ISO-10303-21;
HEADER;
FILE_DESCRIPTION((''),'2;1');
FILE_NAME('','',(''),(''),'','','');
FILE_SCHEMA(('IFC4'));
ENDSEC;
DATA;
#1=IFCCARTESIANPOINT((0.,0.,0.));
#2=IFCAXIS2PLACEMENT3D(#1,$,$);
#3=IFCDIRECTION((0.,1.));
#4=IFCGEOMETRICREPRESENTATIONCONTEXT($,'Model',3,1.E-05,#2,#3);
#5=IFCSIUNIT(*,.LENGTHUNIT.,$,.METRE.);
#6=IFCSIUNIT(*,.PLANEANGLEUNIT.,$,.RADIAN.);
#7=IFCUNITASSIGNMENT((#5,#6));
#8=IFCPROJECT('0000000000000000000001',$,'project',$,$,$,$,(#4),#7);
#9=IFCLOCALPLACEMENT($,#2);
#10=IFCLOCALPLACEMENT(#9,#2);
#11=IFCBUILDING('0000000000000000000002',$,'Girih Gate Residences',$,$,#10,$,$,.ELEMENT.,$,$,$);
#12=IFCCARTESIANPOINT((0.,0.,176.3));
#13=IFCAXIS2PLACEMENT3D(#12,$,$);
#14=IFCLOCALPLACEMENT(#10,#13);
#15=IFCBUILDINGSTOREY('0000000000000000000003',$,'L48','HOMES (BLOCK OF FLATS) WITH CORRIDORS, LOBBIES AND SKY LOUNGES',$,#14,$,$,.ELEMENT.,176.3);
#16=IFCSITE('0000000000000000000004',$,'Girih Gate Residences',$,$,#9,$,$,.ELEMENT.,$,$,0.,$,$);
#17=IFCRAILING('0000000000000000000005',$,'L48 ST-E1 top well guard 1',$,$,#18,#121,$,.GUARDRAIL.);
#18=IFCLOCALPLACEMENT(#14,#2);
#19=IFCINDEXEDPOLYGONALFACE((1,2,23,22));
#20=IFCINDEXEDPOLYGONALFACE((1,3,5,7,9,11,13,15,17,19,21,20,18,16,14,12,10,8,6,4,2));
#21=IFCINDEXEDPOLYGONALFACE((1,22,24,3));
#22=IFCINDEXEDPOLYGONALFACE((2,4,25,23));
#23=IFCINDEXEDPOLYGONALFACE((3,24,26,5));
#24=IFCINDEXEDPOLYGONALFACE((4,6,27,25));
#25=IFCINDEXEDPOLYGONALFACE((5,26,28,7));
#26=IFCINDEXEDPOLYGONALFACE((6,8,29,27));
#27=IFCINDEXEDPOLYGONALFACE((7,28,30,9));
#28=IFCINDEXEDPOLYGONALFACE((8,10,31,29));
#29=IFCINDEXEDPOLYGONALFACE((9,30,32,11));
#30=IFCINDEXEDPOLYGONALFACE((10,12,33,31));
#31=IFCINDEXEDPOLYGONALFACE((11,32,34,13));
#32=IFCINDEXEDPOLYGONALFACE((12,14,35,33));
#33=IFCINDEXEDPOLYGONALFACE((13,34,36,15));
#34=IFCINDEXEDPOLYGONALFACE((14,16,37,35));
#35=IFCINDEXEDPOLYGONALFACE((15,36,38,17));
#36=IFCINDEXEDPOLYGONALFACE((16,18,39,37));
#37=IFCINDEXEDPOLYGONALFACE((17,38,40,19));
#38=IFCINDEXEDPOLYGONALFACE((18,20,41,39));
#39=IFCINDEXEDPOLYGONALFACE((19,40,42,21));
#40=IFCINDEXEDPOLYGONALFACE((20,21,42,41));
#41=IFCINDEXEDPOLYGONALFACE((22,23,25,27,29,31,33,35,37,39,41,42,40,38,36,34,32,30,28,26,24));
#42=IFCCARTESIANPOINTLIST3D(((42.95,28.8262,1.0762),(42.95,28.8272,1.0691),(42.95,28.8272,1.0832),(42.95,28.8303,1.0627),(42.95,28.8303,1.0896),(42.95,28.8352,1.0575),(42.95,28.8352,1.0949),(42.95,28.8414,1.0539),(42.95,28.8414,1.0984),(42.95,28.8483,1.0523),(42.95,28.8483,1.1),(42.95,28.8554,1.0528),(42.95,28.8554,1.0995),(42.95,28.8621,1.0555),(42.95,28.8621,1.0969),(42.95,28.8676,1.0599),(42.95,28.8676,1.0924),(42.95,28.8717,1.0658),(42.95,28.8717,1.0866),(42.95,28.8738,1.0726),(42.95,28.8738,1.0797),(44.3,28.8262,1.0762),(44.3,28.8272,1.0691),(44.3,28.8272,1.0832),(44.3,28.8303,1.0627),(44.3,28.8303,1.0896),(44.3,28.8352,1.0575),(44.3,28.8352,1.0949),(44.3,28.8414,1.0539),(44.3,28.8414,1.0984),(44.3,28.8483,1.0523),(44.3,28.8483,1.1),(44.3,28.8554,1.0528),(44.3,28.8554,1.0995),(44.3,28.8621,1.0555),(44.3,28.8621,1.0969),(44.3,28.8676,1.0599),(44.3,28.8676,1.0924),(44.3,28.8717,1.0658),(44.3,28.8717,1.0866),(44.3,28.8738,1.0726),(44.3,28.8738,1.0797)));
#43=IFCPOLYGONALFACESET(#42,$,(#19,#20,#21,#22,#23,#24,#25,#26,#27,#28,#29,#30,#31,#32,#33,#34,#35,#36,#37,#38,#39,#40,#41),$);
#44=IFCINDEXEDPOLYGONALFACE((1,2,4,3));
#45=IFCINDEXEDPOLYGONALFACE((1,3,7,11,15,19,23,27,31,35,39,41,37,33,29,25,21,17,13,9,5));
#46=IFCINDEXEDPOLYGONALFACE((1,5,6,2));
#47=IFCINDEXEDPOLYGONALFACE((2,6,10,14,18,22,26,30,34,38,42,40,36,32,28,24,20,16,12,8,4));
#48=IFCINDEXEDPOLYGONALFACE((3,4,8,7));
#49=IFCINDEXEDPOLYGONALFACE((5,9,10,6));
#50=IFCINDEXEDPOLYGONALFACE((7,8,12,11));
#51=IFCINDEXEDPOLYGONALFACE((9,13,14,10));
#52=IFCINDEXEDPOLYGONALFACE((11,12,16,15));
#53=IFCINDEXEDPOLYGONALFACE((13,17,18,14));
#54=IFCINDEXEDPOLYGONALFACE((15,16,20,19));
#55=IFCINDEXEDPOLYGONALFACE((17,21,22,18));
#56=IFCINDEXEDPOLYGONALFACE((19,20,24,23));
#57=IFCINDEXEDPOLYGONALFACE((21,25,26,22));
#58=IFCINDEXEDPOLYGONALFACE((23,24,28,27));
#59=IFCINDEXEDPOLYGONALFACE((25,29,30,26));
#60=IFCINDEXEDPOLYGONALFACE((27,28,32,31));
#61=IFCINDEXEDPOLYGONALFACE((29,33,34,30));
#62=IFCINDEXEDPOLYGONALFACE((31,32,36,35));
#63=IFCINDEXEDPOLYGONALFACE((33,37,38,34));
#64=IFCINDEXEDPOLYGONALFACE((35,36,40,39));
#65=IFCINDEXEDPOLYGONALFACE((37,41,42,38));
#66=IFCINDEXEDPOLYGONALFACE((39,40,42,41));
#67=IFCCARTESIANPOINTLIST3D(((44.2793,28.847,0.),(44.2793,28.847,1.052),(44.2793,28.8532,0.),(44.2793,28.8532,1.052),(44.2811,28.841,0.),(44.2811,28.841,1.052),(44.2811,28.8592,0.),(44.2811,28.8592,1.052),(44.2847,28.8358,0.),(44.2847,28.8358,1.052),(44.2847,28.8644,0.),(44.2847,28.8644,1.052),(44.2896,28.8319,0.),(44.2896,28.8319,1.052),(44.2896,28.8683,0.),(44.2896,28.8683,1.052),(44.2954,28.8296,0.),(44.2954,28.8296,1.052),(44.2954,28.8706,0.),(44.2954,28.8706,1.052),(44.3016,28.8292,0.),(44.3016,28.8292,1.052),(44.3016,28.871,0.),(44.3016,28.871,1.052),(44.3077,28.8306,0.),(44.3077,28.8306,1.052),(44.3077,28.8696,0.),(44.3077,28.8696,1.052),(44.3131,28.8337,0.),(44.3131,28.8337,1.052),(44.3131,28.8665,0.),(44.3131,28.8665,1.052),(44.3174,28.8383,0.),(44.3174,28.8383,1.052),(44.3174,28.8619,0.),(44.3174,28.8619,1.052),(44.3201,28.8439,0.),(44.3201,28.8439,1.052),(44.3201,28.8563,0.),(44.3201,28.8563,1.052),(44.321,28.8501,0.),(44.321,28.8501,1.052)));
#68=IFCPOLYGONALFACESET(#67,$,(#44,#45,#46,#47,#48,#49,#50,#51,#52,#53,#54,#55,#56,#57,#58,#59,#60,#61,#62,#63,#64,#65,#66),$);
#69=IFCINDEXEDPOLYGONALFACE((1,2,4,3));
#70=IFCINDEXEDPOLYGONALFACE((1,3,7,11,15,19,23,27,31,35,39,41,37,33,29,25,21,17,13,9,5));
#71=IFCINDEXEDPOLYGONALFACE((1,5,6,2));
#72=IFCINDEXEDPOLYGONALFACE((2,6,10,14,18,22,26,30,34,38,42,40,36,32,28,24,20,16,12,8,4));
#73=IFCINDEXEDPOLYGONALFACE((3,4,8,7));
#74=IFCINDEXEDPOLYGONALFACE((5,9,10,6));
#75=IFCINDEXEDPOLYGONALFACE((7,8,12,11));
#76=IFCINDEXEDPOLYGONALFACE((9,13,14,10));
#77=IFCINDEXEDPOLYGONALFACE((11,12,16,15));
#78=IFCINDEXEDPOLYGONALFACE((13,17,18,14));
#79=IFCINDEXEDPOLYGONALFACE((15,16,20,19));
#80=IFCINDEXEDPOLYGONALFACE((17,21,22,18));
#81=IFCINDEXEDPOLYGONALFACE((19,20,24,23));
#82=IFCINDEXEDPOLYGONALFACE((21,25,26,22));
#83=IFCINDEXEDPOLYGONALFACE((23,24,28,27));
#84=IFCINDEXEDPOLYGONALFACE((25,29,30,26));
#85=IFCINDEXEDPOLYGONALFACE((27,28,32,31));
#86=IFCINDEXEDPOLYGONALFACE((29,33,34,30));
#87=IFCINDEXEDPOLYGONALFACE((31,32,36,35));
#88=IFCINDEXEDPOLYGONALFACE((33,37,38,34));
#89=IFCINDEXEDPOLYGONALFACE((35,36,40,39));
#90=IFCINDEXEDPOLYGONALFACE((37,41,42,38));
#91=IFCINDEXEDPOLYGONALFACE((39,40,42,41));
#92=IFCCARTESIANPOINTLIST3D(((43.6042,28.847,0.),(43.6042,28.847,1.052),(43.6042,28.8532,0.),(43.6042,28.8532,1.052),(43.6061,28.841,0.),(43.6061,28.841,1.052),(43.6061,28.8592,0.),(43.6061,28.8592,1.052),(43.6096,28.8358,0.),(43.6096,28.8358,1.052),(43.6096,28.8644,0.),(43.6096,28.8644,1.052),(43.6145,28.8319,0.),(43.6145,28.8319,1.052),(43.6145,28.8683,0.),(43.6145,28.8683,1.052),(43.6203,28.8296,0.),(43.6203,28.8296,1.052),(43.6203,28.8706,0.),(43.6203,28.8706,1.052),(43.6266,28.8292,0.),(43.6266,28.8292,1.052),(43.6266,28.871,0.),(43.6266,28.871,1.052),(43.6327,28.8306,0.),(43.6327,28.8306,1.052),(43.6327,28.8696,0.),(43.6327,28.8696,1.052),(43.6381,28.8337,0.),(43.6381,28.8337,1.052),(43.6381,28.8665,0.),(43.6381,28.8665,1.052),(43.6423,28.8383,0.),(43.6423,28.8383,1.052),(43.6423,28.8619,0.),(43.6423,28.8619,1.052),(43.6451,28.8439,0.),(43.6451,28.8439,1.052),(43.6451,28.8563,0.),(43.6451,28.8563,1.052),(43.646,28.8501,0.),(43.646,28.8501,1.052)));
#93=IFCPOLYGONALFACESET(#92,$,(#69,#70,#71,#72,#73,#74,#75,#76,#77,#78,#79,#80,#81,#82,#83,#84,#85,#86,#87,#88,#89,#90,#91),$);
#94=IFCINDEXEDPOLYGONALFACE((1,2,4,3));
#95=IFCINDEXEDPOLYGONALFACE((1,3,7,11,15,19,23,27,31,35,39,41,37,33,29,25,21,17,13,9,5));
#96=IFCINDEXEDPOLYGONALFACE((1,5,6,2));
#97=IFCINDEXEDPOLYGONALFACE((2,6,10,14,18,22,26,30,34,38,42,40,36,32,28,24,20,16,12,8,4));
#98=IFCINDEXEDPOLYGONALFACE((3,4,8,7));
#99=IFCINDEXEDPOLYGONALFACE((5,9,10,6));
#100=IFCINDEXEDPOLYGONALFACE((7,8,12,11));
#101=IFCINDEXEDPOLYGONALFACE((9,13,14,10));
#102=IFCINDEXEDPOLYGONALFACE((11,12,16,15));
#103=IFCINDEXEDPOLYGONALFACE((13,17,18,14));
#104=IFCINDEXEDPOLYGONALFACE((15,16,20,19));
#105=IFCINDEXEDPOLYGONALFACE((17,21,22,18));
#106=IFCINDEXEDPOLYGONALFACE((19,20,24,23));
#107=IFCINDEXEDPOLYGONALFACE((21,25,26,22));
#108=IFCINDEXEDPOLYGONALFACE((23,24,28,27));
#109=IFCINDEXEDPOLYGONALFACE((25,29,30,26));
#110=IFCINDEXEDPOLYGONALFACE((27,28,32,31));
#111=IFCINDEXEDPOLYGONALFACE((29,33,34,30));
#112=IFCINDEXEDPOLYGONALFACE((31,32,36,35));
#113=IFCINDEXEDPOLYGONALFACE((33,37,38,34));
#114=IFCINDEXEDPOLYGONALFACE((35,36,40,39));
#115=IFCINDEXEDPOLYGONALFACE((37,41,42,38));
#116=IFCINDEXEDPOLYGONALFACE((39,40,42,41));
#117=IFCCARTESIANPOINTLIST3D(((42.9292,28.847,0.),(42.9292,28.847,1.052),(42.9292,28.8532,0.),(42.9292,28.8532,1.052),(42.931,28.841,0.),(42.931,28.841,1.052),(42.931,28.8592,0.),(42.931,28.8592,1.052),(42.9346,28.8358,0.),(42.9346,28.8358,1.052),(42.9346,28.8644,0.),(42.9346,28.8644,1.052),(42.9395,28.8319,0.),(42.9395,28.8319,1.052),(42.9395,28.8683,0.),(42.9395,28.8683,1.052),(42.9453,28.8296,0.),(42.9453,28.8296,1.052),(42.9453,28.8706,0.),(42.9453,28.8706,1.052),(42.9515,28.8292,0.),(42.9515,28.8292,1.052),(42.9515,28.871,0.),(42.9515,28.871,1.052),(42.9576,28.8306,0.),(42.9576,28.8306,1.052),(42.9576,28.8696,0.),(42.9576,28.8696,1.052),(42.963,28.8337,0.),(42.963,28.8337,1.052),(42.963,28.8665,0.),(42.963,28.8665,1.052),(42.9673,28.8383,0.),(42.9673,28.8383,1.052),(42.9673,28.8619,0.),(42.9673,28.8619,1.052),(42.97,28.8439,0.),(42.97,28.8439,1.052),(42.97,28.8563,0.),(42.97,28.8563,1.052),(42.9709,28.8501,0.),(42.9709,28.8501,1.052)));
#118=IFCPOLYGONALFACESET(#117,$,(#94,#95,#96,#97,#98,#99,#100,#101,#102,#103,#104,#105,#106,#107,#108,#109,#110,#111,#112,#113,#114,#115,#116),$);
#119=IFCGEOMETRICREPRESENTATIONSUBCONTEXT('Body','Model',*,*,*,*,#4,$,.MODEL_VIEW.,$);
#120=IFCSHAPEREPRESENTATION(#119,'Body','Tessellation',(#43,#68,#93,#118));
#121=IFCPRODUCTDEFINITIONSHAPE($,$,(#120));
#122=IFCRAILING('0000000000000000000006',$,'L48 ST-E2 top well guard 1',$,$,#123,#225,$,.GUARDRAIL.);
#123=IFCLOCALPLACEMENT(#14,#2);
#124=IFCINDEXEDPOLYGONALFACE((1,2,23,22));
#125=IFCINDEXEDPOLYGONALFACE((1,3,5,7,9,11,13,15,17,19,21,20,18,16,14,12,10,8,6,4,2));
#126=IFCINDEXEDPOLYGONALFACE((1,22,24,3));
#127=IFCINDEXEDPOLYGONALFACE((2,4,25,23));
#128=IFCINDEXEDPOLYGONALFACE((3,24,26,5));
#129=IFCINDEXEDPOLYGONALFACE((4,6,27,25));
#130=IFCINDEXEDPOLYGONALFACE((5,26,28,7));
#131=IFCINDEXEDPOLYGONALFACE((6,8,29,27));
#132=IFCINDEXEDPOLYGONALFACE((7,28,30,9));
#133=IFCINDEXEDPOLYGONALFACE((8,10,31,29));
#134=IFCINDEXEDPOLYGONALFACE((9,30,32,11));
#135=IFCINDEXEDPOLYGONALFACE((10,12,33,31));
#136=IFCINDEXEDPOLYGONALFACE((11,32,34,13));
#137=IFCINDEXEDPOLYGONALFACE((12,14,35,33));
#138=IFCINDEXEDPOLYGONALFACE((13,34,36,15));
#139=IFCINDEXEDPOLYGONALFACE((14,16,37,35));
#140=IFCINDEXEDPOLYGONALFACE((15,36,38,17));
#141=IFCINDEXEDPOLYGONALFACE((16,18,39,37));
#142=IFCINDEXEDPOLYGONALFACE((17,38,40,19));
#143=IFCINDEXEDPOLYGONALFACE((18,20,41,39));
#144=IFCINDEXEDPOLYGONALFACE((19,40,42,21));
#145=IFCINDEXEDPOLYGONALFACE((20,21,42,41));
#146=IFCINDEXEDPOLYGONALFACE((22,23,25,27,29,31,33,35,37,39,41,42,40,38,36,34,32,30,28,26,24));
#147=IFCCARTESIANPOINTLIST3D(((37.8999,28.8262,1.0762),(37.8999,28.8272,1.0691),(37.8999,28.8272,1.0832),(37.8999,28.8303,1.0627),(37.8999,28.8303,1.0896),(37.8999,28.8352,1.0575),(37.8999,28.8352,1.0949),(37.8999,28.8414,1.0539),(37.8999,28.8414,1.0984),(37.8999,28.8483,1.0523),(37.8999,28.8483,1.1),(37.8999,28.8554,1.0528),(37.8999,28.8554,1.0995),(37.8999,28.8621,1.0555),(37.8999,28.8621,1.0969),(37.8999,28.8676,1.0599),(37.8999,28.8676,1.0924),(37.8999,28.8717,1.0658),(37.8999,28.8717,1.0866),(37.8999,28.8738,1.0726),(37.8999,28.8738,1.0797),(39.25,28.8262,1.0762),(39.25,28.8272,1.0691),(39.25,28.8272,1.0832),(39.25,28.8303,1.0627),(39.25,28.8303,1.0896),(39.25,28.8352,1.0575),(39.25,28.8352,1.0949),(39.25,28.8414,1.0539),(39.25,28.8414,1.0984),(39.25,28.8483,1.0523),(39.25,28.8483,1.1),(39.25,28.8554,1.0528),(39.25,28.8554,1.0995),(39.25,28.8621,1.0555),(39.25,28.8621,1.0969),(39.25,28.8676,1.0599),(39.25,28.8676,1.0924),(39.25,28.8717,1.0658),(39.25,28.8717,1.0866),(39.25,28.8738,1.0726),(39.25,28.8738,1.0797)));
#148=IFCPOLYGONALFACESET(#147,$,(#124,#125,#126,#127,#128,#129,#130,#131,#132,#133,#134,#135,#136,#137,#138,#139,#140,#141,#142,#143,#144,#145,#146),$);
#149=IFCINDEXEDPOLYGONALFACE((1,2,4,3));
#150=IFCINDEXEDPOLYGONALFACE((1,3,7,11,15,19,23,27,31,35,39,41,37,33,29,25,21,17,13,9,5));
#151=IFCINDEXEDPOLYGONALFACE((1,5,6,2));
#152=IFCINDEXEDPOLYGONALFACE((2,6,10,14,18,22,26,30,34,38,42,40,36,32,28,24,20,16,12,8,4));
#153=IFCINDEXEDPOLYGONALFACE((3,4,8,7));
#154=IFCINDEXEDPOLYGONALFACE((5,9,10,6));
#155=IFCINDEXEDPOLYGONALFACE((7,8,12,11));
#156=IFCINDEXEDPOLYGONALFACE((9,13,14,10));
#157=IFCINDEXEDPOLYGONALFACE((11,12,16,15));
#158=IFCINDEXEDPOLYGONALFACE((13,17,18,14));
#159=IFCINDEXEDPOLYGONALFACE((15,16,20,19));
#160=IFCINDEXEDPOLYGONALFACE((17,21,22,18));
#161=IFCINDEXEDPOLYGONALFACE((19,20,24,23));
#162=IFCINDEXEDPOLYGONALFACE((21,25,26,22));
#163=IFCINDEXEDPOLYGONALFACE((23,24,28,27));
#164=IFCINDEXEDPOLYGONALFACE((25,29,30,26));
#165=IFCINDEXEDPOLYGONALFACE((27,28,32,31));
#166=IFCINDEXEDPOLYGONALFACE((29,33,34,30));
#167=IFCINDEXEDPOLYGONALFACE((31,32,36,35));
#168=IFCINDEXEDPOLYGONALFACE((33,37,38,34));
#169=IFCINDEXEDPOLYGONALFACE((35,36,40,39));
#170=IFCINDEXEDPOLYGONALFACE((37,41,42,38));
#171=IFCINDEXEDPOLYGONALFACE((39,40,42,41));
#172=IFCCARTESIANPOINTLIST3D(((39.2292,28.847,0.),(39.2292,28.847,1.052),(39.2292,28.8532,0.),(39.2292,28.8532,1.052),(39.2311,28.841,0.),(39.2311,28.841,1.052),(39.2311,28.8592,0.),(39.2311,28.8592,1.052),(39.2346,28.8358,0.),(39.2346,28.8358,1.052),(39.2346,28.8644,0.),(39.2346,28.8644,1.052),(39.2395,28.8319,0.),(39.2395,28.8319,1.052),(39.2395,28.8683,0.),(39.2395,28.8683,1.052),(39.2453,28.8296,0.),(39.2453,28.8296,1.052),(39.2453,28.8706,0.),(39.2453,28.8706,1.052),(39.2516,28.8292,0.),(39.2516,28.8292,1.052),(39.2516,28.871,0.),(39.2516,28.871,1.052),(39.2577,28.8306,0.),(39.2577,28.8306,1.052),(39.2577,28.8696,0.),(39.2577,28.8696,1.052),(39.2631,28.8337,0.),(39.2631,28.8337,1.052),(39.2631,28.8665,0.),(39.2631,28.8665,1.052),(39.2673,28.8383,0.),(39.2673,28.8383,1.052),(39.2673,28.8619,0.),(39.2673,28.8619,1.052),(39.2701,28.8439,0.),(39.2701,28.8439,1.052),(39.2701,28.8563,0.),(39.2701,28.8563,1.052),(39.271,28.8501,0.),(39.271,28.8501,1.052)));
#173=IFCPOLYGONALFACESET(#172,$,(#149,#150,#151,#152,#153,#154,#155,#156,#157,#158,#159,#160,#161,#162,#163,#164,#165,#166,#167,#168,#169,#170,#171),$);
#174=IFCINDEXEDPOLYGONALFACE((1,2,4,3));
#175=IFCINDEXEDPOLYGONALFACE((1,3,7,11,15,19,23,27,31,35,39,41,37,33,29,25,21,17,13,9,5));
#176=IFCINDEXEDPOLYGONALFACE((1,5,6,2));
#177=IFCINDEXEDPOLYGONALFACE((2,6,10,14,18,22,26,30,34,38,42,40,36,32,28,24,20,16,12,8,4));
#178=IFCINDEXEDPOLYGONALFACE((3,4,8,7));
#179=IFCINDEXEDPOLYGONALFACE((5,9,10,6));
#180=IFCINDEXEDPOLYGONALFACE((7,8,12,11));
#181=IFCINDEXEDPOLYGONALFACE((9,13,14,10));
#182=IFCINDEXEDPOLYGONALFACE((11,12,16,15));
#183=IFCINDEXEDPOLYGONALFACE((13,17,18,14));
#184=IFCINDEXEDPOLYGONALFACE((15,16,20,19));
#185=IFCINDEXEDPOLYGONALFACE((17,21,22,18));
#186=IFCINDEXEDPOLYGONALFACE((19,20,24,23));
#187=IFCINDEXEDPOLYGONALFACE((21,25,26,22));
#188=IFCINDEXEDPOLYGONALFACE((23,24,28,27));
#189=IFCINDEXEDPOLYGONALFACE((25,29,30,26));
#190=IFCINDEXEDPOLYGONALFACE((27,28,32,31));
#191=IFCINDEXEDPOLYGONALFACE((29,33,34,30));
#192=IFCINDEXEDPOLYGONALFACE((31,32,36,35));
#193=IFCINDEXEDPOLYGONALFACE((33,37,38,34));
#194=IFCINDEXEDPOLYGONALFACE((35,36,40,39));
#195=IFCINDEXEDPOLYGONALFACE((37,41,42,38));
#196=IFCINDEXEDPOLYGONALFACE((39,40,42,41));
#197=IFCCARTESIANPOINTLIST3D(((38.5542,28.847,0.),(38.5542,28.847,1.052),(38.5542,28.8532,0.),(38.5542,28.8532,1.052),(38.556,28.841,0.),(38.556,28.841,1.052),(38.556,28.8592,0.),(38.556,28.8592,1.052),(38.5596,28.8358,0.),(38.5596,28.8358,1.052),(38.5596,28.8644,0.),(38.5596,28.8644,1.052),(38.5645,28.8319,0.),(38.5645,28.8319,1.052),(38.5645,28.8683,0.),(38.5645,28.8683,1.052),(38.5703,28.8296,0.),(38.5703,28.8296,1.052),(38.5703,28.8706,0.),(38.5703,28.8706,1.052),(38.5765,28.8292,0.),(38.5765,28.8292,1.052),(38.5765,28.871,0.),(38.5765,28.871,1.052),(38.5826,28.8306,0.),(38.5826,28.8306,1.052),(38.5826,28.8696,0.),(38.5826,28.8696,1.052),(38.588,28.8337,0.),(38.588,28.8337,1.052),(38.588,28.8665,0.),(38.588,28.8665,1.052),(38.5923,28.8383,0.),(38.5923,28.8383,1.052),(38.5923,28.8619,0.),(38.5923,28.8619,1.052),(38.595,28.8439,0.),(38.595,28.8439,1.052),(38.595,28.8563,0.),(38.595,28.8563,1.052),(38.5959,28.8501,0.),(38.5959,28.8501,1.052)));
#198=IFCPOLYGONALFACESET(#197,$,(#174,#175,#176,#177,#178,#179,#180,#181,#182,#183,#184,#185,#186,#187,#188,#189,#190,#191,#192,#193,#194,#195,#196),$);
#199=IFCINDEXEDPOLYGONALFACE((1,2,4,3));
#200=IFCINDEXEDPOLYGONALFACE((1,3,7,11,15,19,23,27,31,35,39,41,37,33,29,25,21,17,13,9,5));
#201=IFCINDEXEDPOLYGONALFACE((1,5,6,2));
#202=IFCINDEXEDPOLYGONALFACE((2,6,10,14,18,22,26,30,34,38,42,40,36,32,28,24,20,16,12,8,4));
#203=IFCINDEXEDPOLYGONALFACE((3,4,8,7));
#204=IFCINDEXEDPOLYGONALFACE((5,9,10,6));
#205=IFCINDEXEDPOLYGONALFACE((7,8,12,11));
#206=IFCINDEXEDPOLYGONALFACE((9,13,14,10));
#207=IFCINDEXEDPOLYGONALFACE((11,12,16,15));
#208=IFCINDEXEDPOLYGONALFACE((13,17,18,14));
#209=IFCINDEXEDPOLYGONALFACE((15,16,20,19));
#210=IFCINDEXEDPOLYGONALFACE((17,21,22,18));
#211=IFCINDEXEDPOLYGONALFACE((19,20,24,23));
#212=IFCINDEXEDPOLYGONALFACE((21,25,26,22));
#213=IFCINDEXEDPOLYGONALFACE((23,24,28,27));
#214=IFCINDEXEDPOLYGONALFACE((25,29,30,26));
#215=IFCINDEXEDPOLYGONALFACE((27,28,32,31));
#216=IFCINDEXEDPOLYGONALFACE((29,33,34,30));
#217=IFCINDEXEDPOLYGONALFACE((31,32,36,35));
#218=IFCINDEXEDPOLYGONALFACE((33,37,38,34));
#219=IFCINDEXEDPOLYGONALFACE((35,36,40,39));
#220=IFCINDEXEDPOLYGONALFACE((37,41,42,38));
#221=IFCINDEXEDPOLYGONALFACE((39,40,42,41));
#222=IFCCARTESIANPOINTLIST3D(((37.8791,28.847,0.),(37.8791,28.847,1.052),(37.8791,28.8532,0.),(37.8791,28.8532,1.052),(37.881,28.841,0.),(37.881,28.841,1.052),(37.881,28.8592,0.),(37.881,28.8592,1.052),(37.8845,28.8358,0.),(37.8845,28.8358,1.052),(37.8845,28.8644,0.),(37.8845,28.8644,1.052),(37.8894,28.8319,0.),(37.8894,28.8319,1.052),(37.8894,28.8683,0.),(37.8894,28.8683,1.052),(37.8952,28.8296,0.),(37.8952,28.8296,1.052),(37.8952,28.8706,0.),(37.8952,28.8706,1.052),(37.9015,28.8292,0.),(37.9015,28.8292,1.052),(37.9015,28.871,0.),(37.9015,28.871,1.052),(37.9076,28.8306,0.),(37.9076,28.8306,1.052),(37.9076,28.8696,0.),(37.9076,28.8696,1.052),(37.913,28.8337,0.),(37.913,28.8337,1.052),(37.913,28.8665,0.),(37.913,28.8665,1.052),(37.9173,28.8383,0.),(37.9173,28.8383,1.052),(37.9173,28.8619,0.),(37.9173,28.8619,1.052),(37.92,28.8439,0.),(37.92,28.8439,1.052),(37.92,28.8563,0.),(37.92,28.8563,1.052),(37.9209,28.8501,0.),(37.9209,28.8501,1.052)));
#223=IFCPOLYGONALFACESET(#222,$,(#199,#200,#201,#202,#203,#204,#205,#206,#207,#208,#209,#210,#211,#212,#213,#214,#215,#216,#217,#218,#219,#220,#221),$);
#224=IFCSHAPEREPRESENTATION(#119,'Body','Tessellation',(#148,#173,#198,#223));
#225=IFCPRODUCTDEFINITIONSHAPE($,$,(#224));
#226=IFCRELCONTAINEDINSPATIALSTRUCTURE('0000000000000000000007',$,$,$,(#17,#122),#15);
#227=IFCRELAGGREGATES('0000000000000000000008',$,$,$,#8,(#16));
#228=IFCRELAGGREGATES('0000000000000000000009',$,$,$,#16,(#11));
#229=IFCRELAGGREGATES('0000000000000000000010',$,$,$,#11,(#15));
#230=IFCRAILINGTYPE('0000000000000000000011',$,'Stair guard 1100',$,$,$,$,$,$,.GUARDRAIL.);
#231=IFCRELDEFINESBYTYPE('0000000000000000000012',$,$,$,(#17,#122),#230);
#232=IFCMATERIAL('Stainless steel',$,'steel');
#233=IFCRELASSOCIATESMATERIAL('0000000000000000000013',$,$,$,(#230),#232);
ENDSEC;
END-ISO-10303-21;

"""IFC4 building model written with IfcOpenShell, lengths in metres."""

from ifc_helpers import new_model, si_unit, direction, frame, origin, origin_2d, place, context, subcontext, project, spatial, circle, extrude, material, type_object, element, save


model = new_model("IFC4")

# Units and contexts
model_context = context("Model", 3, precision=1e-05, world=origin(), true_north=direction((0.0, 1.0)))
body_context = subcontext(model_context, "Body", "Model", "MODEL_VIEW")
ifc_project = project(units=[si_unit("LENGTHUNIT", "METRE"), si_unit("PLANEANGLEUNIT", "RADIAN")], contexts=[model_context])

# Site, building, storey
site_placement = place(None, origin())
site = spatial("IfcSite", under=ifc_project, at=site_placement, Name="Girih Gate Residences", CompositionType="ELEMENT", RefElevation=0.0)
building_placement = place(site_placement, origin())
building = spatial("IfcBuilding", under=site, at=building_placement, Name="Girih Gate Residences", CompositionType="ELEMENT")
storey_placement = place(building_placement, frame((0.0, 0.0, 176.3)))
storey = spatial("IfcBuildingStorey", under=building, at=storey_placement, Name="L48", Description="HOMES (BLOCK OF FLATS) WITH CORRIDORS, LOBBIES AND SKY LOUNGES", CompositionType="ELEMENT", Elevation=176.3)

# Railings
ifc_material_1 = material(Name="Stainless steel", Category="steel")
railing_type = type_object("IfcRailingType", Name="Stair guard 1100", PredefinedType="GUARDRAIL", material=ifc_material_1)
for number, where, name in (
    (1, (44.3, 28.8501, 0.0), "L48 ST-E1 top well guard 1"),
    (2, (39.25, 28.8501, 0.0), "L48 ST-E2 top well guard 1"),
):
    element("IfcRailing", number, at=place(storey_placement, frame(where)), inside=storey, type_object=railing_type, Name=name, PredefinedType="GUARDRAIL", context=body_context, shape_type="SweptSolid", body=[
        extrude(circle(Radius=0.0239, at=origin_2d()), frame((0.0, 0.0, 1.0762), z_axis=(-1.0, 0.0, 0.0), x_axis=(0.0, -1.0, 0.0)), (0.0, 0.0, 1.0), 1.3501),
        extrude(circle(Radius=0.021, at=origin_2d()), origin(), (0.0, 0.0, 1.0), 1.052),
        extrude(circle(Radius=0.021, at=origin_2d()), frame((-0.675, 0.0, 0.0)), (0.0, 0.0, 1.0), 1.052),
        extrude(circle(Radius=0.021, at=origin_2d()), frame((-1.3501, 0.0, 0.0)), (0.0, 0.0, 1.0), 1.052),
    ])

save(model, "model.ifc")
